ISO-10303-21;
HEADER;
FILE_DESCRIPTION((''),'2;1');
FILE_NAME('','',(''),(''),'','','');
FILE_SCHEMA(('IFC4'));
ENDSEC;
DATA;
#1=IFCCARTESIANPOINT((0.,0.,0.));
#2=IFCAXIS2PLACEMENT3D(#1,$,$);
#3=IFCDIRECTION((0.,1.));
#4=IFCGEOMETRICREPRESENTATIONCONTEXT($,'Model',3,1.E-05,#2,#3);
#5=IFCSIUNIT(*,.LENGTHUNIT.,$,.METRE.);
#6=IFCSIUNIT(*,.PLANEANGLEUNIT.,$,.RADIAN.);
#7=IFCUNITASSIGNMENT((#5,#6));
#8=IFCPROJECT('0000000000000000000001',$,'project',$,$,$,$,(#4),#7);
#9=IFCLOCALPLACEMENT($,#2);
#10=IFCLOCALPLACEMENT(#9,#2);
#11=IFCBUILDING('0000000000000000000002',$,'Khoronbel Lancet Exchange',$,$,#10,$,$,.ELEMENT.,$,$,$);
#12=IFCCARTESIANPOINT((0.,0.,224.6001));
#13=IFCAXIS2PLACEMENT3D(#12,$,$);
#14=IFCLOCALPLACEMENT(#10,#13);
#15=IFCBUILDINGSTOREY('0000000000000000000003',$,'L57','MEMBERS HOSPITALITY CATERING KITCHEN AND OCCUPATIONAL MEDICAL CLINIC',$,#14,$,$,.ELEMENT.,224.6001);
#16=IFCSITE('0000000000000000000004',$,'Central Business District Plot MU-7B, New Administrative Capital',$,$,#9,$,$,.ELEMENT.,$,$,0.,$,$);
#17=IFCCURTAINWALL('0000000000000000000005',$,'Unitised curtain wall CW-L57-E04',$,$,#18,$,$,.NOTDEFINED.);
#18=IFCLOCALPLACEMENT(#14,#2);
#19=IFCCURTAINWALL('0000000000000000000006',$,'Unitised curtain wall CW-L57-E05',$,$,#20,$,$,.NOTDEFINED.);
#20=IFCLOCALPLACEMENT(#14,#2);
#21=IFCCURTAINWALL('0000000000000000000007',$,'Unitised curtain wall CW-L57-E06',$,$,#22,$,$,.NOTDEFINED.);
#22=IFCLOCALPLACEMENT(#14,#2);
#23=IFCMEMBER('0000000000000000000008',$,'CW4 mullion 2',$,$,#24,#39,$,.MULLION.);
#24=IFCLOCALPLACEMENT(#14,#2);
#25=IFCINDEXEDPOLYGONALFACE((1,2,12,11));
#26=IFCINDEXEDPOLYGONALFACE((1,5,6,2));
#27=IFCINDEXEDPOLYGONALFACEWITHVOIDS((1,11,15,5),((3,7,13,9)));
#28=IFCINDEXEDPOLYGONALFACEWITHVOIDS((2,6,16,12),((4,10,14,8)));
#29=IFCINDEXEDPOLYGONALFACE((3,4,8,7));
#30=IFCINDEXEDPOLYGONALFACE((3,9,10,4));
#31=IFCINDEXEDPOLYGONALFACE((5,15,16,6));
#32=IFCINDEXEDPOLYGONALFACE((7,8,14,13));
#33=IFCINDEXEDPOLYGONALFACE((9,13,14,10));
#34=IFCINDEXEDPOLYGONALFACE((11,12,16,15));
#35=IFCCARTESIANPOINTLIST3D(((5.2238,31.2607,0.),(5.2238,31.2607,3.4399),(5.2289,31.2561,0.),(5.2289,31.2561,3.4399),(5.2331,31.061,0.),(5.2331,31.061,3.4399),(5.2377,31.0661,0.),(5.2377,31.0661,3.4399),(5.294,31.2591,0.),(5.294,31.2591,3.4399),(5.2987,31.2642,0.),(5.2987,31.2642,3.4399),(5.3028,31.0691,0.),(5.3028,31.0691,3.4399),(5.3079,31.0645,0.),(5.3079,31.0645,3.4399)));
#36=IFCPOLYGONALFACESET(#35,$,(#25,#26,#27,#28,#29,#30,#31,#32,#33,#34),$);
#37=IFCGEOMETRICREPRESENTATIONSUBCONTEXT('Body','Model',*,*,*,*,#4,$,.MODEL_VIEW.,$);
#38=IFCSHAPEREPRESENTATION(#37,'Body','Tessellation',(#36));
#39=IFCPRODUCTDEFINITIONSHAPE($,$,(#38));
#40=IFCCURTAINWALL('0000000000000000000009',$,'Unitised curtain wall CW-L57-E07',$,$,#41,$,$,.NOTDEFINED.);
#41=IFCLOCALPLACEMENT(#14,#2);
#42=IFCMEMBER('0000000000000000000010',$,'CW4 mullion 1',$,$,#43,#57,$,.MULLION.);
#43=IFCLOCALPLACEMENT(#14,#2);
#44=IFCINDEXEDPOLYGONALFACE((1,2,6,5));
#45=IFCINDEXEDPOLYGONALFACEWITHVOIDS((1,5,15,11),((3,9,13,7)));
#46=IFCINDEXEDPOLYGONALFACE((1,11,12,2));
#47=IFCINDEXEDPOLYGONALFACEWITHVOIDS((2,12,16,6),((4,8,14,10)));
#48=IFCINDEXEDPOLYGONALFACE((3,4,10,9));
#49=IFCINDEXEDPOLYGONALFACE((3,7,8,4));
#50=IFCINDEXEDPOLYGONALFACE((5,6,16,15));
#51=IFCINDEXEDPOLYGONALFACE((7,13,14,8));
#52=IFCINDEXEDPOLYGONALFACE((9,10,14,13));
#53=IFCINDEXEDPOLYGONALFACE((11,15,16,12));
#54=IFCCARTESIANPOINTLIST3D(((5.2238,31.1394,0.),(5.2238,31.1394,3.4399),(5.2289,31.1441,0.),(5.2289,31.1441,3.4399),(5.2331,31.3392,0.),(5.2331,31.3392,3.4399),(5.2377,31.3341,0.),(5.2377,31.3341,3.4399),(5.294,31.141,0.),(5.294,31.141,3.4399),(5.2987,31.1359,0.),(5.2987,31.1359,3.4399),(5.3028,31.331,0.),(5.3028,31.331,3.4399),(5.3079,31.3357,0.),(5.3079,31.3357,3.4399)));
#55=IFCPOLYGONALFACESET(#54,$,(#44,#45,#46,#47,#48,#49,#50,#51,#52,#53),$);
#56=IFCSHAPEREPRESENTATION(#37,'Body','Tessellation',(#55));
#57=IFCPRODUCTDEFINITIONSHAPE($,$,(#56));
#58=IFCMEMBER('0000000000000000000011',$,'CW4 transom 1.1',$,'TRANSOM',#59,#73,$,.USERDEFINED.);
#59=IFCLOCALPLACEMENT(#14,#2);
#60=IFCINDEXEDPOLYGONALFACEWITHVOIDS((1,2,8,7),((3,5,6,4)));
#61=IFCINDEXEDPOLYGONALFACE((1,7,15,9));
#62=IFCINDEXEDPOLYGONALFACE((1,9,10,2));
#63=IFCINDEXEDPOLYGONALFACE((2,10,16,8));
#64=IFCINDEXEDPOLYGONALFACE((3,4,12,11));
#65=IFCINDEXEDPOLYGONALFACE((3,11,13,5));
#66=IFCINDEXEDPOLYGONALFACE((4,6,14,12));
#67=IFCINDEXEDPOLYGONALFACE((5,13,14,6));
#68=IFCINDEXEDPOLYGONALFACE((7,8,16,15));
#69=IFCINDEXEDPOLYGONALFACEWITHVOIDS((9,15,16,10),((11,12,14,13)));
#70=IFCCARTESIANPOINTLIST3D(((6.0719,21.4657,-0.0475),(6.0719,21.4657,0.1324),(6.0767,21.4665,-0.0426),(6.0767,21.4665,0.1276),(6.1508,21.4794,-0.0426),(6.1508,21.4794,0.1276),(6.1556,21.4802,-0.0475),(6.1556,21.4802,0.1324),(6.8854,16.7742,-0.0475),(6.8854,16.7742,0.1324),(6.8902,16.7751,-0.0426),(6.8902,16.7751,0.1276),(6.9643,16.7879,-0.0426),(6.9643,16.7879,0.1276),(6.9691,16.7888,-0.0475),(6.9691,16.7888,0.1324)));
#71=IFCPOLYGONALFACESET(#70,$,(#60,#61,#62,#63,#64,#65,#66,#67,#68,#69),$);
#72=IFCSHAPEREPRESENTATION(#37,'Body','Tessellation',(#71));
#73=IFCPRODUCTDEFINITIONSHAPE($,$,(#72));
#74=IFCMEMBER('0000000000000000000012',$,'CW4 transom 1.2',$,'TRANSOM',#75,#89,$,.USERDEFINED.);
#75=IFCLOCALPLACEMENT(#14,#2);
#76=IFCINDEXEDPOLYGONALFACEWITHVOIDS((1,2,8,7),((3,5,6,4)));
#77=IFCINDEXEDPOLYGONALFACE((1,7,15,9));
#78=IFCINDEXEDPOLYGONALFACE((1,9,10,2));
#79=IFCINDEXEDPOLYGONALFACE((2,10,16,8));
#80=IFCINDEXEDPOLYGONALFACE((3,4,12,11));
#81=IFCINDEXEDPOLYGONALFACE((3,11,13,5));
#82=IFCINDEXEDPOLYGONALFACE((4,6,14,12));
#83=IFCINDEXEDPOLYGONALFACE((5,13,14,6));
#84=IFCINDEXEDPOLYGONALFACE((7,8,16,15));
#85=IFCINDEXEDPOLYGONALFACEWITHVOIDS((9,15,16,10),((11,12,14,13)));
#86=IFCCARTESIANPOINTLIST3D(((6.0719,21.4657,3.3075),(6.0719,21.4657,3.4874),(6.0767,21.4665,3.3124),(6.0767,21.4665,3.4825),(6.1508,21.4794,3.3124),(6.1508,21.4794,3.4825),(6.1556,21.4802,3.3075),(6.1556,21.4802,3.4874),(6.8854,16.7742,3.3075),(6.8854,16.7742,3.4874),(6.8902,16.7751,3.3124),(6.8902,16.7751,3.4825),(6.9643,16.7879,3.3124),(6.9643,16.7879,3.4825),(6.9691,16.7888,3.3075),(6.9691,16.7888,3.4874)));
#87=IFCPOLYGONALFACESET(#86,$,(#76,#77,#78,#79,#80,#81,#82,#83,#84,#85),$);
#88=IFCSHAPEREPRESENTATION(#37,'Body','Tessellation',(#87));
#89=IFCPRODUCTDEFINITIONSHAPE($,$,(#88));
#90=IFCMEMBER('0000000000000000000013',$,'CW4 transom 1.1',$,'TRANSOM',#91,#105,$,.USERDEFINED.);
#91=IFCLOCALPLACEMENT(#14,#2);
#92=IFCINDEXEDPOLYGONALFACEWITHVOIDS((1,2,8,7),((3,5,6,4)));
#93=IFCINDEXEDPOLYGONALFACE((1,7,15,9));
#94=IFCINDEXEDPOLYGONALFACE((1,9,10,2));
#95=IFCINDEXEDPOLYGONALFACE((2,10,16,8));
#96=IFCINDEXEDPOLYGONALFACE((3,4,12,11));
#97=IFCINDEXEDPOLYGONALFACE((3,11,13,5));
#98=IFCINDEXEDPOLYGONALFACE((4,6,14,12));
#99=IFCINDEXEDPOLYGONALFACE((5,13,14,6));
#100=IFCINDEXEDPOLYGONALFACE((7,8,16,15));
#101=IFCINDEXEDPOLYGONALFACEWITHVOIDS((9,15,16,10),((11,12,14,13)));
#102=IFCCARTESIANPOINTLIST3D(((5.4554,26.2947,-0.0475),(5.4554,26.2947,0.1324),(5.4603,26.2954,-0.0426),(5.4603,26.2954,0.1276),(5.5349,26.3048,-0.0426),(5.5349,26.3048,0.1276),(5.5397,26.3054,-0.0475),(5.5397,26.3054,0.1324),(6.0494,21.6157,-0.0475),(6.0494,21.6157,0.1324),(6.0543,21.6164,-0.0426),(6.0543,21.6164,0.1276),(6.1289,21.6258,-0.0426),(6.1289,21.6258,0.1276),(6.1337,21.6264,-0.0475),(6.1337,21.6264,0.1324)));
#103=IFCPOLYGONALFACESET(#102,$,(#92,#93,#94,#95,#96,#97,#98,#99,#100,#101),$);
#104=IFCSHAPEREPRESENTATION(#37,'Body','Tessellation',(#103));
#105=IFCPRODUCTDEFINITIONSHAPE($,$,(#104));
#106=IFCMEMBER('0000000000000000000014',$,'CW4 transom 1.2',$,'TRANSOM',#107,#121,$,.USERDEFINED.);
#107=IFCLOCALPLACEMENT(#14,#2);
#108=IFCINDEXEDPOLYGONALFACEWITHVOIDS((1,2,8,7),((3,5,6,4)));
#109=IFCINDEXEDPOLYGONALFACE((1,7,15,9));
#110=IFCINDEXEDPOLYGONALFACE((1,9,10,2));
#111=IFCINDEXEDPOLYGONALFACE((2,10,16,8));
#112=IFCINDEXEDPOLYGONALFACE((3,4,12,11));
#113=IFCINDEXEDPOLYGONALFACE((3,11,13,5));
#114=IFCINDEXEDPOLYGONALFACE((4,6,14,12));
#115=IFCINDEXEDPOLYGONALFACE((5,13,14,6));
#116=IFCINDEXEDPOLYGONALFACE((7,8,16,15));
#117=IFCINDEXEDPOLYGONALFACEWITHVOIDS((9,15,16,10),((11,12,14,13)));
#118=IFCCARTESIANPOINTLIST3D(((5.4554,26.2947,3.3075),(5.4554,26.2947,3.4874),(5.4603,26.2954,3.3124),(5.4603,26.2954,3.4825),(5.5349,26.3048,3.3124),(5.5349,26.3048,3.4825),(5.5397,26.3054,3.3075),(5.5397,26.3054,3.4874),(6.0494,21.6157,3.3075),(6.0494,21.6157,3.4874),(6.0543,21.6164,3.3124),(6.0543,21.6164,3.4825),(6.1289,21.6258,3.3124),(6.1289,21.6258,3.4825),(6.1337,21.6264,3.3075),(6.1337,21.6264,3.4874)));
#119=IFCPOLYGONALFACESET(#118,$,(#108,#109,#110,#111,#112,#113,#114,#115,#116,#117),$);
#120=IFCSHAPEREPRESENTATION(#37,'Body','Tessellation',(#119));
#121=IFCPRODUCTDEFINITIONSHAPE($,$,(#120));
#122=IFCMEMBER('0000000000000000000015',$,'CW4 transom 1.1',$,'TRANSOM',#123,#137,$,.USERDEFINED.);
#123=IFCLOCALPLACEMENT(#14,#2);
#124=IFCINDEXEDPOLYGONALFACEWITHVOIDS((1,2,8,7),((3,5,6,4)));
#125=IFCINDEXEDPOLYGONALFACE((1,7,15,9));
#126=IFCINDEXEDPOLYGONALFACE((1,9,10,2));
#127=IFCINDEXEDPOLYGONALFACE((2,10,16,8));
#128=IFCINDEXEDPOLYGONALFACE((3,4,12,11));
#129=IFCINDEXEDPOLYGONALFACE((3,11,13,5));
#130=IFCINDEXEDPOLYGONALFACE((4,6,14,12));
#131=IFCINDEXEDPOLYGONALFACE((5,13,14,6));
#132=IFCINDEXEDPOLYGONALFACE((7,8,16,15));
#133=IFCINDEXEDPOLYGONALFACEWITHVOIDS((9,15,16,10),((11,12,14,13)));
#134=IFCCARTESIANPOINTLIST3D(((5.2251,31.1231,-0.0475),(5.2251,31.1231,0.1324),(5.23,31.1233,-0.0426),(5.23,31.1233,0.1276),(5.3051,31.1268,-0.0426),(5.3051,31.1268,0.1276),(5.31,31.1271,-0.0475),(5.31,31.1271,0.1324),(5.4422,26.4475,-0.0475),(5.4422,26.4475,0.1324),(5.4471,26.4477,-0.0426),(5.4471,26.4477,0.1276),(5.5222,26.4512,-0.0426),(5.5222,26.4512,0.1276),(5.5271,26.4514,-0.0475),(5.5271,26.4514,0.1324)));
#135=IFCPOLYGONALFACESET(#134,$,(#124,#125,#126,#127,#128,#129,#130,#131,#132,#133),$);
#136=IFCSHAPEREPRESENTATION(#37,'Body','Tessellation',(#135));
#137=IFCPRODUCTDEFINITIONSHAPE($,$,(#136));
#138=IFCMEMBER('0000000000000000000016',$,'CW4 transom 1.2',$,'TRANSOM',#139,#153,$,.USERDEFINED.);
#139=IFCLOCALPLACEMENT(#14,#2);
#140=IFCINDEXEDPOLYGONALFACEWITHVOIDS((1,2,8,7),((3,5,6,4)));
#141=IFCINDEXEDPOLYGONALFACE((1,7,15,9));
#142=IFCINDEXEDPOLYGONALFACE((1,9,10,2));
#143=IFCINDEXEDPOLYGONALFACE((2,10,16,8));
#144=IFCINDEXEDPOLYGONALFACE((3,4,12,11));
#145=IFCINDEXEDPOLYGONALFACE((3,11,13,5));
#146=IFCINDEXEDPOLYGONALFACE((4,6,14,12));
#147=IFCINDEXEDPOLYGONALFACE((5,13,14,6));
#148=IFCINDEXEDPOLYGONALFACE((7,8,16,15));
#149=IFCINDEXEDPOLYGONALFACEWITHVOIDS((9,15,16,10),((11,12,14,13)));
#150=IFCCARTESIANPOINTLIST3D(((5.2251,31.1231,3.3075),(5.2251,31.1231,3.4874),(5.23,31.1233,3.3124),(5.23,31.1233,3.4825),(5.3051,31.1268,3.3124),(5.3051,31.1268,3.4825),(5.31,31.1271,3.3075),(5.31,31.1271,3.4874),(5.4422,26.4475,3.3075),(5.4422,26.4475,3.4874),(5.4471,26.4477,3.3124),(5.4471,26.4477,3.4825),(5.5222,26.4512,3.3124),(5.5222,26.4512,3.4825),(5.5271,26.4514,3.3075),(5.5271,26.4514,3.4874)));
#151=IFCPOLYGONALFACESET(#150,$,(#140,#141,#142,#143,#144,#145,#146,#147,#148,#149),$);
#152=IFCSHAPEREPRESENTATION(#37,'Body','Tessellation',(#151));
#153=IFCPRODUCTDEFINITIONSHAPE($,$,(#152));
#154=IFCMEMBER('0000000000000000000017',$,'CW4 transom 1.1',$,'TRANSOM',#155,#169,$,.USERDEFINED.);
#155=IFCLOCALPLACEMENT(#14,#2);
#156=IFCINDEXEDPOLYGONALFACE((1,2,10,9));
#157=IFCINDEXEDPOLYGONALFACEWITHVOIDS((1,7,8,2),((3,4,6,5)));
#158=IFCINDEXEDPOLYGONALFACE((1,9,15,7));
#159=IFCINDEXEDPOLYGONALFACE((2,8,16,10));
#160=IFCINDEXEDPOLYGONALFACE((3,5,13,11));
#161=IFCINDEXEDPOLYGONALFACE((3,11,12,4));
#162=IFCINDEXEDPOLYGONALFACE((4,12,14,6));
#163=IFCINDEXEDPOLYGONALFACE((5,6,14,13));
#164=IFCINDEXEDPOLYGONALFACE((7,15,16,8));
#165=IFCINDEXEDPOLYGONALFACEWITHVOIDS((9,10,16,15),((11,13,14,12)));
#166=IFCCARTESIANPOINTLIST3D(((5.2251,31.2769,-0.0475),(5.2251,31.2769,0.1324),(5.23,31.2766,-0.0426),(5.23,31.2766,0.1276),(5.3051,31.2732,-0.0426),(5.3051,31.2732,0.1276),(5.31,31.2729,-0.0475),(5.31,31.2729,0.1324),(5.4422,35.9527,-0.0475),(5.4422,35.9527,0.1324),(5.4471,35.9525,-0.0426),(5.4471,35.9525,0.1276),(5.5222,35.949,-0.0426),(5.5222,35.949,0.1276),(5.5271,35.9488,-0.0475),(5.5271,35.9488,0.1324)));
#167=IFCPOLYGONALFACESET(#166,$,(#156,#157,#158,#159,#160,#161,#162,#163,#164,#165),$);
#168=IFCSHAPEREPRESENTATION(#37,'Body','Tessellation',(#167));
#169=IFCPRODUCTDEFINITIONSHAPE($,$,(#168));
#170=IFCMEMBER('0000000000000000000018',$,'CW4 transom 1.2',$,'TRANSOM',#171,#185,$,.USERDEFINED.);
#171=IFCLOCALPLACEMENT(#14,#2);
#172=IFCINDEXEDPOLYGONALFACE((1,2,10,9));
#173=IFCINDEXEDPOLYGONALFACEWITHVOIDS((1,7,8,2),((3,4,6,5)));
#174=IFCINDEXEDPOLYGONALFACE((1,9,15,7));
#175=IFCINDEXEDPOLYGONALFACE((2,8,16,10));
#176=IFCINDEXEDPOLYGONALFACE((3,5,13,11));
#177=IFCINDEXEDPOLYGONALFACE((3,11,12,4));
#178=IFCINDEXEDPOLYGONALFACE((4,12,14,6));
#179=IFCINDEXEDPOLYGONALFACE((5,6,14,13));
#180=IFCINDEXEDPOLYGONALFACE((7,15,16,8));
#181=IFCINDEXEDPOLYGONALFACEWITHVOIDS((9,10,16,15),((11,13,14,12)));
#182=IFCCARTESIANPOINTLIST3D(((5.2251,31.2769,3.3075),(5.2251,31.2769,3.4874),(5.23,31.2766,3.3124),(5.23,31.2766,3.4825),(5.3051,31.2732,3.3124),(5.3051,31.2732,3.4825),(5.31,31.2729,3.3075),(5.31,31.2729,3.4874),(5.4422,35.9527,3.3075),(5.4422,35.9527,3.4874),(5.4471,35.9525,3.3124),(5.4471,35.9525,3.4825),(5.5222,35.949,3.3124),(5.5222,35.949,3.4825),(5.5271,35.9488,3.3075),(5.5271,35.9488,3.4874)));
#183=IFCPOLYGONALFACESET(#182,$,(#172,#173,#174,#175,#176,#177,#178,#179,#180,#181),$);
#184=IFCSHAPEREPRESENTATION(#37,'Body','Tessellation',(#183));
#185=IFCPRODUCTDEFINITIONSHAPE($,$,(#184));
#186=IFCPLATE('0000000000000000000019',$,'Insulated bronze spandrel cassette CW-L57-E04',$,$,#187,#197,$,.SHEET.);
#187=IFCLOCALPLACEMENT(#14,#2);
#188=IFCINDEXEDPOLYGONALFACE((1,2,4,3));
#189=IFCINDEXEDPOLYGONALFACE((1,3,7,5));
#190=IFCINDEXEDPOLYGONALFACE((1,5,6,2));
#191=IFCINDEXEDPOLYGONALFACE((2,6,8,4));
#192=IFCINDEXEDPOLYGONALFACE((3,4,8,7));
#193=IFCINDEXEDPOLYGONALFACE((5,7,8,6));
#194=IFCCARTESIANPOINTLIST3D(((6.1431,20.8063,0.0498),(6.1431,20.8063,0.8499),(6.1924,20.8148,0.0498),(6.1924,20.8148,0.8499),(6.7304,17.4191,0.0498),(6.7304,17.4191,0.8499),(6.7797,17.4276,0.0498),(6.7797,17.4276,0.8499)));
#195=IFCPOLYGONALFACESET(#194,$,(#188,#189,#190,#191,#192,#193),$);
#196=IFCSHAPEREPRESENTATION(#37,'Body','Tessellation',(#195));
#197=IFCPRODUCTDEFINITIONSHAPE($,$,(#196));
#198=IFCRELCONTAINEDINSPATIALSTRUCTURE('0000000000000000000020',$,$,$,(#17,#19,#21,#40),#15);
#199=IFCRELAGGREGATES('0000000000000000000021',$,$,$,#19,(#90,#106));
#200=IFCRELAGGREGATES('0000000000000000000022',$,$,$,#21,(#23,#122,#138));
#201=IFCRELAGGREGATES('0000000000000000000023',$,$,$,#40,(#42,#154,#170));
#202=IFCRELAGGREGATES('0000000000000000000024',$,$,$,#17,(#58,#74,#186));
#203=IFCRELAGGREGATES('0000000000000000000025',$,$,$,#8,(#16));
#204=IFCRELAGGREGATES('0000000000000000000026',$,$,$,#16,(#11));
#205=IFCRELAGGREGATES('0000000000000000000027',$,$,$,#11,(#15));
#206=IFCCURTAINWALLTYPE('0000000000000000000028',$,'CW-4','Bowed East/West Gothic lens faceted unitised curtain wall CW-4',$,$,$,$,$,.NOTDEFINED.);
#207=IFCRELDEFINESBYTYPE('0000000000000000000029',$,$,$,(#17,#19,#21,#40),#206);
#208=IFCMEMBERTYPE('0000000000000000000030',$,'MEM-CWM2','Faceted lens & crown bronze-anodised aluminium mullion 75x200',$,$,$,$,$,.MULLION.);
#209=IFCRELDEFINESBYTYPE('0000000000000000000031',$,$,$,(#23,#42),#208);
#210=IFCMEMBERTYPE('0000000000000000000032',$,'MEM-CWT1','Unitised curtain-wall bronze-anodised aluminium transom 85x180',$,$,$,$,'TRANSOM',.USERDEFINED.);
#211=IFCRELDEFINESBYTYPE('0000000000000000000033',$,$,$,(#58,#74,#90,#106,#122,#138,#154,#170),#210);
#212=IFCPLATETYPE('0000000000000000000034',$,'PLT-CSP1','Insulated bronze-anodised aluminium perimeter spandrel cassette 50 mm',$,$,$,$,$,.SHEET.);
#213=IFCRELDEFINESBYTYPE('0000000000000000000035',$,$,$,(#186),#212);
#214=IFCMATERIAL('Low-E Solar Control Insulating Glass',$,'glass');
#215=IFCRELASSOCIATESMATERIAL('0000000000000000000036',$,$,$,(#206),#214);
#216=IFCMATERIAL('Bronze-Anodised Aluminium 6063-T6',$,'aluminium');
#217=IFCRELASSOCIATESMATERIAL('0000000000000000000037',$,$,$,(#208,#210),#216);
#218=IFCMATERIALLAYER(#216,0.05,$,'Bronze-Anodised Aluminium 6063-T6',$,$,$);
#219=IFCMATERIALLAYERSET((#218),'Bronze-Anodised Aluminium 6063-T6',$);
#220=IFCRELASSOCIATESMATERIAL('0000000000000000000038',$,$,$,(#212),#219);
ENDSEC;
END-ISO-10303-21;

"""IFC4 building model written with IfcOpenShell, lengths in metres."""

from ifc_helpers import new_model, si_unit, direction, frame, origin, origin_2d, place, context, subcontext, project, spatial, rectangle, hollow_rectangle, extrude, material, layer, layer_set, material_profile, profile_set, type_object, element, aggregate, save


model = new_model("IFC4")

# Units and contexts
model_context = context("Model", 3, precision=1e-05, world=origin(), true_north=direction((0.0, 1.0)))
body_context = subcontext(model_context, "Body", "Model", "MODEL_VIEW")
ifc_project = project(units=[si_unit("LENGTHUNIT", "METRE"), si_unit("PLANEANGLEUNIT", "RADIAN")], contexts=[model_context])

# Site, building, storey
site_placement = place(None, origin())
site = spatial("IfcSite", under=ifc_project, at=site_placement, Name="Central Business District Plot MU-7B, New Administrative Capital", CompositionType="ELEMENT", RefElevation=0.0)
building_placement = place(site_placement, origin())
building = spatial("IfcBuilding", under=site, at=building_placement, Name="Khoronbel Lancet Exchange", CompositionType="ELEMENT")
storey_placement = place(building_placement, frame((0.0, 0.0, 224.6001)))
storey = spatial("IfcBuildingStorey", under=building, at=storey_placement, Name="L57", Description="MEMBERS HOSPITALITY CATERING KITCHEN AND OCCUPATIONAL MEDICAL CLINIC", CompositionType="ELEMENT", Elevation=224.6001)

# Curtain walls, member
ifc_material_1 = material(Name="Low-E Solar Control Insulating Glass", Category="glass")
curtain_wall_type = type_object("IfcCurtainWallType", Name="CW-4", Description="Bowed East/West Gothic lens faceted unitised curtain wall CW-4", PredefinedType="NOTDEFINED", material=ifc_material_1)
curtain_wall_1_placement = place(storey_placement, origin())
curtain_wall_1 = element("IfcCurtainWall", 1, at=curtain_wall_1_placement, inside=storey, type_object=curtain_wall_type, Name="Unitised curtain wall CW-L57-E04", PredefinedType="NOTDEFINED")
ifc_material_2 = material(Name="Bronze-Anodised Aluminium 6063-T6", Category="aluminium")
ifc_material_profile_1 = material_profile(ifc_material_2, hollow_rectangle(XDim=0.075, YDim=0.2, WallThickness=0.0049, at=origin_2d()), Name="ALU MULLION 75x200")
ifc_profile_set_1 = profile_set([ifc_material_profile_1], Name="Bronze-Anodised Aluminium 6063-T6")
member_type_1 = type_object("IfcMemberType", Name="MEM-CWM2", Description="Faceted lens & crown bronze-anodised aluminium mullion 75x200", PredefinedType="MULLION", material=ifc_profile_set_1)
curtain_wall_2_placement = place(storey_placement, origin())
curtain_wall_2 = element("IfcCurtainWall", 2, at=curtain_wall_2_placement, inside=storey, type_object=curtain_wall_type, Name="Unitised curtain wall CW-L57-E05", PredefinedType="NOTDEFINED")
curtain_wall_3_placement = place(storey_placement, origin())
curtain_wall_3 = element("IfcCurtainWall", 3, at=curtain_wall_3_placement, inside=storey, type_object=curtain_wall_type, Name="Unitised curtain wall CW-L57-E06", PredefinedType="NOTDEFINED")
member_1_placement = place(storey_placement, frame((5.2659, 31.1626, 0.0), z_axis=(0.0, 0.0, 1.0), x_axis=(-0.998923, -0.046391, 0.0)))
member_1 = element("IfcMember", 4, at=member_1_placement, type_object=member_type_1, Name="CW4 mullion 2", PredefinedType="MULLION", context=body_context, shape_type="SweptSolid", body=[
    extrude(hollow_rectangle(XDim=0.075, YDim=0.2, WallThickness=0.0049, at=origin_2d()), origin(), (0.0, 0.0, 1.0), 3.4399),
])

# Curtain wall, member
curtain_wall_4_placement = place(storey_placement, origin())
curtain_wall_4 = element("IfcCurtainWall", 5, at=curtain_wall_4_placement, inside=storey, type_object=curtain_wall_type, Name="Unitised curtain wall CW-L57-E07", PredefinedType="NOTDEFINED")
member_2_placement = place(storey_placement, frame((5.2659, 31.2375, 0.0), z_axis=(0.0, 0.0, 1.0), x_axis=(-0.998923, 0.046391, 0.0)))
member_2 = element("IfcMember", 6, at=member_2_placement, type_object=member_type_1, Name="CW4 mullion 1", PredefinedType="MULLION", context=body_context, shape_type="SweptSolid", body=[
    extrude(hollow_rectangle(XDim=0.075, YDim=0.2, WallThickness=0.0049, at=origin_2d()), origin(), (0.0, 0.0, 1.0), 3.4399),
])

# Members
ifc_material_profile_2 = material_profile(ifc_material_2, hollow_rectangle(XDim=0.085, YDim=0.1799, WallThickness=0.0049, at=origin_2d()), Name="ALU TRANSOM 85x180")
ifc_profile_set_2 = profile_set([ifc_material_profile_2], Name="Bronze-Anodised Aluminium 6063-T6")
member_type_2 = type_object("IfcMemberType", Name="MEM-CWT1", Description="Unitised curtain-wall bronze-anodised aluminium transom 85x180", ElementType="TRANSOM", PredefinedType="USERDEFINED", material=ifc_profile_set_2)
member_3_placement = place(storey_placement, frame((6.9272, 16.7815, 0.0425), z_axis=(-0.170848, 0.985297, 0.0), x_axis=(-0.985297, -0.170848, 0.0)))
member_3 = element("IfcMember", 7, at=member_3_placement, type_object=member_type_2, Name="CW4 transom 1.1", ObjectType="TRANSOM", PredefinedType="USERDEFINED", context=body_context, shape_type="SweptSolid", body=[
    extrude(hollow_rectangle(XDim=0.085, YDim=0.1799, WallThickness=0.0049, at=origin_2d()), origin(), (0.0, 0.0, 1.0), 4.7615),
])
member_4_placement = place(storey_placement, frame((6.9272, 16.7815, 3.3975), z_axis=(-0.170848, 0.985297, 0.0), x_axis=(-0.985297, -0.170848, 0.0)))
member_4 = element("IfcMember", 8, at=member_4_placement, type_object=member_type_2, Name="CW4 transom 1.2", ObjectType="TRANSOM", PredefinedType="USERDEFINED", context=body_context, shape_type="SweptSolid", body=[
    extrude(hollow_rectangle(XDim=0.085, YDim=0.1799, WallThickness=0.0049, at=origin_2d()), origin(), (0.0, 0.0, 1.0), 4.7615),
])
member_5_placement = place(storey_placement, frame((6.0916, 21.6211, 0.0425), z_axis=(-0.125939, 0.992038, 0.0), x_axis=(-0.992038, -0.125939, 0.0)))
member_5 = element("IfcMember", 9, at=member_5_placement, type_object=member_type_2, Name="CW4 transom 1.1", ObjectType="TRANSOM", PredefinedType="USERDEFINED", context=body_context, shape_type="SweptSolid", body=[
    extrude(hollow_rectangle(XDim=0.085, YDim=0.1799, WallThickness=0.0049, at=origin_2d()), origin(), (0.0, 0.0, 1.0), 4.7166),
])
member_6_placement = place(storey_placement, frame((6.0916, 21.6211, 3.3975), z_axis=(-0.125939, 0.992038, 0.0), x_axis=(-0.992038, -0.125939, 0.0)))
member_6 = element("IfcMember", 10, at=member_6_placement, type_object=member_type_2, Name="CW4 transom 1.2", ObjectType="TRANSOM", PredefinedType="USERDEFINED", context=body_context, shape_type="SweptSolid", body=[
    extrude(hollow_rectangle(XDim=0.085, YDim=0.1799, WallThickness=0.0049, at=origin_2d()), origin(), (0.0, 0.0, 1.0), 4.7166),
])
member_7_placement = place(storey_placement, frame((5.4846, 26.4495, 0.0425), z_axis=(-0.046371, 0.998924, 0.0), x_axis=(-0.998924, -0.046371, 0.0)))
member_7 = element("IfcMember", 11, at=member_7_placement, type_object=member_type_2, Name="CW4 transom 1.1", ObjectType="TRANSOM", PredefinedType="USERDEFINED", context=body_context, shape_type="SweptSolid", body=[
    extrude(hollow_rectangle(XDim=0.085, YDim=0.1799, WallThickness=0.0049, at=origin_2d()), origin(), (0.0, 0.0, 1.0), 4.6807),
])
member_8_placement = place(storey_placement, frame((5.4846, 26.4495, 3.3975), z_axis=(-0.046371, 0.998924, 0.0), x_axis=(-0.998924, -0.046371, 0.0)))
member_8 = element("IfcMember", 12, at=member_8_placement, type_object=member_type_2, Name="CW4 transom 1.2", ObjectType="TRANSOM", PredefinedType="USERDEFINED", context=body_context, shape_type="SweptSolid", body=[
    extrude(hollow_rectangle(XDim=0.085, YDim=0.1799, WallThickness=0.0049, at=origin_2d()), origin(), (0.0, 0.0, 1.0), 4.6807),
])
member_9_placement = place(storey_placement, frame((5.2676, 31.2749, 0.0425), z_axis=(0.046368, 0.998924, 0.0), x_axis=(-0.998924, 0.046368, 0.0)))
member_9 = element("IfcMember", 13, at=member_9_placement, type_object=member_type_2, Name="CW4 transom 1.1", ObjectType="TRANSOM", PredefinedType="USERDEFINED", context=body_context, shape_type="SweptSolid", body=[
    extrude(hollow_rectangle(XDim=0.085, YDim=0.1799, WallThickness=0.0049, at=origin_2d()), origin(), (0.0, 0.0, 1.0), 4.6809),
])
member_10_placement = place(storey_placement, frame((5.2676, 31.2749, 3.3975), z_axis=(0.046368, 0.998924, 0.0), x_axis=(-0.998924, 0.046368, 0.0)))
member_10 = element("IfcMember", 14, at=member_10_placement, type_object=member_type_2, Name="CW4 transom 1.2", ObjectType="TRANSOM", PredefinedType="USERDEFINED", context=body_context, shape_type="SweptSolid", body=[
    extrude(hollow_rectangle(XDim=0.085, YDim=0.1799, WallThickness=0.0049, at=origin_2d()), origin(), (0.0, 0.0, 1.0), 4.6809),
])

# Plate
ifc_layer_1 = layer(ifc_material_2, 0.05, Name="Bronze-Anodised Aluminium 6063-T6")
ifc_layer_set_1 = layer_set([ifc_layer_1], Name="Bronze-Anodised Aluminium 6063-T6")
plate_type_1 = type_object("IfcPlateType", Name="PLT-CSP1", Description="Insulated bronze-anodised aluminium perimeter spandrel cassette 50 mm", PredefinedType="SHEET", material=ifc_layer_set_1)
plate_1_placement = place(storey_placement, frame((6.4614, 19.1169, 0.0498), z_axis=(0.0, 0.0, 1.0), x_axis=(-0.170834, 0.9853, 0.0)))
plate_1 = element("IfcPlate", 15, at=plate_1_placement, type_object=plate_type_1, Name="Insulated bronze spandrel cassette CW-L57-E04", PredefinedType="SHEET", context=body_context, shape_type="SweptSolid", body=[
    extrude(rectangle(XDim=3.4377, YDim=0.05, at=origin_2d()), origin(), (0.0, 0.0, 1.0), 0.8),
])
aggregate(curtain_wall_2, [member_5, member_6])
aggregate(curtain_wall_3, [member_1, member_7, member_8])
aggregate(curtain_wall_4, [member_2, member_9, member_10])
aggregate(curtain_wall_1, [member_3, member_4, plate_1])

save(model, "model.ifc")
